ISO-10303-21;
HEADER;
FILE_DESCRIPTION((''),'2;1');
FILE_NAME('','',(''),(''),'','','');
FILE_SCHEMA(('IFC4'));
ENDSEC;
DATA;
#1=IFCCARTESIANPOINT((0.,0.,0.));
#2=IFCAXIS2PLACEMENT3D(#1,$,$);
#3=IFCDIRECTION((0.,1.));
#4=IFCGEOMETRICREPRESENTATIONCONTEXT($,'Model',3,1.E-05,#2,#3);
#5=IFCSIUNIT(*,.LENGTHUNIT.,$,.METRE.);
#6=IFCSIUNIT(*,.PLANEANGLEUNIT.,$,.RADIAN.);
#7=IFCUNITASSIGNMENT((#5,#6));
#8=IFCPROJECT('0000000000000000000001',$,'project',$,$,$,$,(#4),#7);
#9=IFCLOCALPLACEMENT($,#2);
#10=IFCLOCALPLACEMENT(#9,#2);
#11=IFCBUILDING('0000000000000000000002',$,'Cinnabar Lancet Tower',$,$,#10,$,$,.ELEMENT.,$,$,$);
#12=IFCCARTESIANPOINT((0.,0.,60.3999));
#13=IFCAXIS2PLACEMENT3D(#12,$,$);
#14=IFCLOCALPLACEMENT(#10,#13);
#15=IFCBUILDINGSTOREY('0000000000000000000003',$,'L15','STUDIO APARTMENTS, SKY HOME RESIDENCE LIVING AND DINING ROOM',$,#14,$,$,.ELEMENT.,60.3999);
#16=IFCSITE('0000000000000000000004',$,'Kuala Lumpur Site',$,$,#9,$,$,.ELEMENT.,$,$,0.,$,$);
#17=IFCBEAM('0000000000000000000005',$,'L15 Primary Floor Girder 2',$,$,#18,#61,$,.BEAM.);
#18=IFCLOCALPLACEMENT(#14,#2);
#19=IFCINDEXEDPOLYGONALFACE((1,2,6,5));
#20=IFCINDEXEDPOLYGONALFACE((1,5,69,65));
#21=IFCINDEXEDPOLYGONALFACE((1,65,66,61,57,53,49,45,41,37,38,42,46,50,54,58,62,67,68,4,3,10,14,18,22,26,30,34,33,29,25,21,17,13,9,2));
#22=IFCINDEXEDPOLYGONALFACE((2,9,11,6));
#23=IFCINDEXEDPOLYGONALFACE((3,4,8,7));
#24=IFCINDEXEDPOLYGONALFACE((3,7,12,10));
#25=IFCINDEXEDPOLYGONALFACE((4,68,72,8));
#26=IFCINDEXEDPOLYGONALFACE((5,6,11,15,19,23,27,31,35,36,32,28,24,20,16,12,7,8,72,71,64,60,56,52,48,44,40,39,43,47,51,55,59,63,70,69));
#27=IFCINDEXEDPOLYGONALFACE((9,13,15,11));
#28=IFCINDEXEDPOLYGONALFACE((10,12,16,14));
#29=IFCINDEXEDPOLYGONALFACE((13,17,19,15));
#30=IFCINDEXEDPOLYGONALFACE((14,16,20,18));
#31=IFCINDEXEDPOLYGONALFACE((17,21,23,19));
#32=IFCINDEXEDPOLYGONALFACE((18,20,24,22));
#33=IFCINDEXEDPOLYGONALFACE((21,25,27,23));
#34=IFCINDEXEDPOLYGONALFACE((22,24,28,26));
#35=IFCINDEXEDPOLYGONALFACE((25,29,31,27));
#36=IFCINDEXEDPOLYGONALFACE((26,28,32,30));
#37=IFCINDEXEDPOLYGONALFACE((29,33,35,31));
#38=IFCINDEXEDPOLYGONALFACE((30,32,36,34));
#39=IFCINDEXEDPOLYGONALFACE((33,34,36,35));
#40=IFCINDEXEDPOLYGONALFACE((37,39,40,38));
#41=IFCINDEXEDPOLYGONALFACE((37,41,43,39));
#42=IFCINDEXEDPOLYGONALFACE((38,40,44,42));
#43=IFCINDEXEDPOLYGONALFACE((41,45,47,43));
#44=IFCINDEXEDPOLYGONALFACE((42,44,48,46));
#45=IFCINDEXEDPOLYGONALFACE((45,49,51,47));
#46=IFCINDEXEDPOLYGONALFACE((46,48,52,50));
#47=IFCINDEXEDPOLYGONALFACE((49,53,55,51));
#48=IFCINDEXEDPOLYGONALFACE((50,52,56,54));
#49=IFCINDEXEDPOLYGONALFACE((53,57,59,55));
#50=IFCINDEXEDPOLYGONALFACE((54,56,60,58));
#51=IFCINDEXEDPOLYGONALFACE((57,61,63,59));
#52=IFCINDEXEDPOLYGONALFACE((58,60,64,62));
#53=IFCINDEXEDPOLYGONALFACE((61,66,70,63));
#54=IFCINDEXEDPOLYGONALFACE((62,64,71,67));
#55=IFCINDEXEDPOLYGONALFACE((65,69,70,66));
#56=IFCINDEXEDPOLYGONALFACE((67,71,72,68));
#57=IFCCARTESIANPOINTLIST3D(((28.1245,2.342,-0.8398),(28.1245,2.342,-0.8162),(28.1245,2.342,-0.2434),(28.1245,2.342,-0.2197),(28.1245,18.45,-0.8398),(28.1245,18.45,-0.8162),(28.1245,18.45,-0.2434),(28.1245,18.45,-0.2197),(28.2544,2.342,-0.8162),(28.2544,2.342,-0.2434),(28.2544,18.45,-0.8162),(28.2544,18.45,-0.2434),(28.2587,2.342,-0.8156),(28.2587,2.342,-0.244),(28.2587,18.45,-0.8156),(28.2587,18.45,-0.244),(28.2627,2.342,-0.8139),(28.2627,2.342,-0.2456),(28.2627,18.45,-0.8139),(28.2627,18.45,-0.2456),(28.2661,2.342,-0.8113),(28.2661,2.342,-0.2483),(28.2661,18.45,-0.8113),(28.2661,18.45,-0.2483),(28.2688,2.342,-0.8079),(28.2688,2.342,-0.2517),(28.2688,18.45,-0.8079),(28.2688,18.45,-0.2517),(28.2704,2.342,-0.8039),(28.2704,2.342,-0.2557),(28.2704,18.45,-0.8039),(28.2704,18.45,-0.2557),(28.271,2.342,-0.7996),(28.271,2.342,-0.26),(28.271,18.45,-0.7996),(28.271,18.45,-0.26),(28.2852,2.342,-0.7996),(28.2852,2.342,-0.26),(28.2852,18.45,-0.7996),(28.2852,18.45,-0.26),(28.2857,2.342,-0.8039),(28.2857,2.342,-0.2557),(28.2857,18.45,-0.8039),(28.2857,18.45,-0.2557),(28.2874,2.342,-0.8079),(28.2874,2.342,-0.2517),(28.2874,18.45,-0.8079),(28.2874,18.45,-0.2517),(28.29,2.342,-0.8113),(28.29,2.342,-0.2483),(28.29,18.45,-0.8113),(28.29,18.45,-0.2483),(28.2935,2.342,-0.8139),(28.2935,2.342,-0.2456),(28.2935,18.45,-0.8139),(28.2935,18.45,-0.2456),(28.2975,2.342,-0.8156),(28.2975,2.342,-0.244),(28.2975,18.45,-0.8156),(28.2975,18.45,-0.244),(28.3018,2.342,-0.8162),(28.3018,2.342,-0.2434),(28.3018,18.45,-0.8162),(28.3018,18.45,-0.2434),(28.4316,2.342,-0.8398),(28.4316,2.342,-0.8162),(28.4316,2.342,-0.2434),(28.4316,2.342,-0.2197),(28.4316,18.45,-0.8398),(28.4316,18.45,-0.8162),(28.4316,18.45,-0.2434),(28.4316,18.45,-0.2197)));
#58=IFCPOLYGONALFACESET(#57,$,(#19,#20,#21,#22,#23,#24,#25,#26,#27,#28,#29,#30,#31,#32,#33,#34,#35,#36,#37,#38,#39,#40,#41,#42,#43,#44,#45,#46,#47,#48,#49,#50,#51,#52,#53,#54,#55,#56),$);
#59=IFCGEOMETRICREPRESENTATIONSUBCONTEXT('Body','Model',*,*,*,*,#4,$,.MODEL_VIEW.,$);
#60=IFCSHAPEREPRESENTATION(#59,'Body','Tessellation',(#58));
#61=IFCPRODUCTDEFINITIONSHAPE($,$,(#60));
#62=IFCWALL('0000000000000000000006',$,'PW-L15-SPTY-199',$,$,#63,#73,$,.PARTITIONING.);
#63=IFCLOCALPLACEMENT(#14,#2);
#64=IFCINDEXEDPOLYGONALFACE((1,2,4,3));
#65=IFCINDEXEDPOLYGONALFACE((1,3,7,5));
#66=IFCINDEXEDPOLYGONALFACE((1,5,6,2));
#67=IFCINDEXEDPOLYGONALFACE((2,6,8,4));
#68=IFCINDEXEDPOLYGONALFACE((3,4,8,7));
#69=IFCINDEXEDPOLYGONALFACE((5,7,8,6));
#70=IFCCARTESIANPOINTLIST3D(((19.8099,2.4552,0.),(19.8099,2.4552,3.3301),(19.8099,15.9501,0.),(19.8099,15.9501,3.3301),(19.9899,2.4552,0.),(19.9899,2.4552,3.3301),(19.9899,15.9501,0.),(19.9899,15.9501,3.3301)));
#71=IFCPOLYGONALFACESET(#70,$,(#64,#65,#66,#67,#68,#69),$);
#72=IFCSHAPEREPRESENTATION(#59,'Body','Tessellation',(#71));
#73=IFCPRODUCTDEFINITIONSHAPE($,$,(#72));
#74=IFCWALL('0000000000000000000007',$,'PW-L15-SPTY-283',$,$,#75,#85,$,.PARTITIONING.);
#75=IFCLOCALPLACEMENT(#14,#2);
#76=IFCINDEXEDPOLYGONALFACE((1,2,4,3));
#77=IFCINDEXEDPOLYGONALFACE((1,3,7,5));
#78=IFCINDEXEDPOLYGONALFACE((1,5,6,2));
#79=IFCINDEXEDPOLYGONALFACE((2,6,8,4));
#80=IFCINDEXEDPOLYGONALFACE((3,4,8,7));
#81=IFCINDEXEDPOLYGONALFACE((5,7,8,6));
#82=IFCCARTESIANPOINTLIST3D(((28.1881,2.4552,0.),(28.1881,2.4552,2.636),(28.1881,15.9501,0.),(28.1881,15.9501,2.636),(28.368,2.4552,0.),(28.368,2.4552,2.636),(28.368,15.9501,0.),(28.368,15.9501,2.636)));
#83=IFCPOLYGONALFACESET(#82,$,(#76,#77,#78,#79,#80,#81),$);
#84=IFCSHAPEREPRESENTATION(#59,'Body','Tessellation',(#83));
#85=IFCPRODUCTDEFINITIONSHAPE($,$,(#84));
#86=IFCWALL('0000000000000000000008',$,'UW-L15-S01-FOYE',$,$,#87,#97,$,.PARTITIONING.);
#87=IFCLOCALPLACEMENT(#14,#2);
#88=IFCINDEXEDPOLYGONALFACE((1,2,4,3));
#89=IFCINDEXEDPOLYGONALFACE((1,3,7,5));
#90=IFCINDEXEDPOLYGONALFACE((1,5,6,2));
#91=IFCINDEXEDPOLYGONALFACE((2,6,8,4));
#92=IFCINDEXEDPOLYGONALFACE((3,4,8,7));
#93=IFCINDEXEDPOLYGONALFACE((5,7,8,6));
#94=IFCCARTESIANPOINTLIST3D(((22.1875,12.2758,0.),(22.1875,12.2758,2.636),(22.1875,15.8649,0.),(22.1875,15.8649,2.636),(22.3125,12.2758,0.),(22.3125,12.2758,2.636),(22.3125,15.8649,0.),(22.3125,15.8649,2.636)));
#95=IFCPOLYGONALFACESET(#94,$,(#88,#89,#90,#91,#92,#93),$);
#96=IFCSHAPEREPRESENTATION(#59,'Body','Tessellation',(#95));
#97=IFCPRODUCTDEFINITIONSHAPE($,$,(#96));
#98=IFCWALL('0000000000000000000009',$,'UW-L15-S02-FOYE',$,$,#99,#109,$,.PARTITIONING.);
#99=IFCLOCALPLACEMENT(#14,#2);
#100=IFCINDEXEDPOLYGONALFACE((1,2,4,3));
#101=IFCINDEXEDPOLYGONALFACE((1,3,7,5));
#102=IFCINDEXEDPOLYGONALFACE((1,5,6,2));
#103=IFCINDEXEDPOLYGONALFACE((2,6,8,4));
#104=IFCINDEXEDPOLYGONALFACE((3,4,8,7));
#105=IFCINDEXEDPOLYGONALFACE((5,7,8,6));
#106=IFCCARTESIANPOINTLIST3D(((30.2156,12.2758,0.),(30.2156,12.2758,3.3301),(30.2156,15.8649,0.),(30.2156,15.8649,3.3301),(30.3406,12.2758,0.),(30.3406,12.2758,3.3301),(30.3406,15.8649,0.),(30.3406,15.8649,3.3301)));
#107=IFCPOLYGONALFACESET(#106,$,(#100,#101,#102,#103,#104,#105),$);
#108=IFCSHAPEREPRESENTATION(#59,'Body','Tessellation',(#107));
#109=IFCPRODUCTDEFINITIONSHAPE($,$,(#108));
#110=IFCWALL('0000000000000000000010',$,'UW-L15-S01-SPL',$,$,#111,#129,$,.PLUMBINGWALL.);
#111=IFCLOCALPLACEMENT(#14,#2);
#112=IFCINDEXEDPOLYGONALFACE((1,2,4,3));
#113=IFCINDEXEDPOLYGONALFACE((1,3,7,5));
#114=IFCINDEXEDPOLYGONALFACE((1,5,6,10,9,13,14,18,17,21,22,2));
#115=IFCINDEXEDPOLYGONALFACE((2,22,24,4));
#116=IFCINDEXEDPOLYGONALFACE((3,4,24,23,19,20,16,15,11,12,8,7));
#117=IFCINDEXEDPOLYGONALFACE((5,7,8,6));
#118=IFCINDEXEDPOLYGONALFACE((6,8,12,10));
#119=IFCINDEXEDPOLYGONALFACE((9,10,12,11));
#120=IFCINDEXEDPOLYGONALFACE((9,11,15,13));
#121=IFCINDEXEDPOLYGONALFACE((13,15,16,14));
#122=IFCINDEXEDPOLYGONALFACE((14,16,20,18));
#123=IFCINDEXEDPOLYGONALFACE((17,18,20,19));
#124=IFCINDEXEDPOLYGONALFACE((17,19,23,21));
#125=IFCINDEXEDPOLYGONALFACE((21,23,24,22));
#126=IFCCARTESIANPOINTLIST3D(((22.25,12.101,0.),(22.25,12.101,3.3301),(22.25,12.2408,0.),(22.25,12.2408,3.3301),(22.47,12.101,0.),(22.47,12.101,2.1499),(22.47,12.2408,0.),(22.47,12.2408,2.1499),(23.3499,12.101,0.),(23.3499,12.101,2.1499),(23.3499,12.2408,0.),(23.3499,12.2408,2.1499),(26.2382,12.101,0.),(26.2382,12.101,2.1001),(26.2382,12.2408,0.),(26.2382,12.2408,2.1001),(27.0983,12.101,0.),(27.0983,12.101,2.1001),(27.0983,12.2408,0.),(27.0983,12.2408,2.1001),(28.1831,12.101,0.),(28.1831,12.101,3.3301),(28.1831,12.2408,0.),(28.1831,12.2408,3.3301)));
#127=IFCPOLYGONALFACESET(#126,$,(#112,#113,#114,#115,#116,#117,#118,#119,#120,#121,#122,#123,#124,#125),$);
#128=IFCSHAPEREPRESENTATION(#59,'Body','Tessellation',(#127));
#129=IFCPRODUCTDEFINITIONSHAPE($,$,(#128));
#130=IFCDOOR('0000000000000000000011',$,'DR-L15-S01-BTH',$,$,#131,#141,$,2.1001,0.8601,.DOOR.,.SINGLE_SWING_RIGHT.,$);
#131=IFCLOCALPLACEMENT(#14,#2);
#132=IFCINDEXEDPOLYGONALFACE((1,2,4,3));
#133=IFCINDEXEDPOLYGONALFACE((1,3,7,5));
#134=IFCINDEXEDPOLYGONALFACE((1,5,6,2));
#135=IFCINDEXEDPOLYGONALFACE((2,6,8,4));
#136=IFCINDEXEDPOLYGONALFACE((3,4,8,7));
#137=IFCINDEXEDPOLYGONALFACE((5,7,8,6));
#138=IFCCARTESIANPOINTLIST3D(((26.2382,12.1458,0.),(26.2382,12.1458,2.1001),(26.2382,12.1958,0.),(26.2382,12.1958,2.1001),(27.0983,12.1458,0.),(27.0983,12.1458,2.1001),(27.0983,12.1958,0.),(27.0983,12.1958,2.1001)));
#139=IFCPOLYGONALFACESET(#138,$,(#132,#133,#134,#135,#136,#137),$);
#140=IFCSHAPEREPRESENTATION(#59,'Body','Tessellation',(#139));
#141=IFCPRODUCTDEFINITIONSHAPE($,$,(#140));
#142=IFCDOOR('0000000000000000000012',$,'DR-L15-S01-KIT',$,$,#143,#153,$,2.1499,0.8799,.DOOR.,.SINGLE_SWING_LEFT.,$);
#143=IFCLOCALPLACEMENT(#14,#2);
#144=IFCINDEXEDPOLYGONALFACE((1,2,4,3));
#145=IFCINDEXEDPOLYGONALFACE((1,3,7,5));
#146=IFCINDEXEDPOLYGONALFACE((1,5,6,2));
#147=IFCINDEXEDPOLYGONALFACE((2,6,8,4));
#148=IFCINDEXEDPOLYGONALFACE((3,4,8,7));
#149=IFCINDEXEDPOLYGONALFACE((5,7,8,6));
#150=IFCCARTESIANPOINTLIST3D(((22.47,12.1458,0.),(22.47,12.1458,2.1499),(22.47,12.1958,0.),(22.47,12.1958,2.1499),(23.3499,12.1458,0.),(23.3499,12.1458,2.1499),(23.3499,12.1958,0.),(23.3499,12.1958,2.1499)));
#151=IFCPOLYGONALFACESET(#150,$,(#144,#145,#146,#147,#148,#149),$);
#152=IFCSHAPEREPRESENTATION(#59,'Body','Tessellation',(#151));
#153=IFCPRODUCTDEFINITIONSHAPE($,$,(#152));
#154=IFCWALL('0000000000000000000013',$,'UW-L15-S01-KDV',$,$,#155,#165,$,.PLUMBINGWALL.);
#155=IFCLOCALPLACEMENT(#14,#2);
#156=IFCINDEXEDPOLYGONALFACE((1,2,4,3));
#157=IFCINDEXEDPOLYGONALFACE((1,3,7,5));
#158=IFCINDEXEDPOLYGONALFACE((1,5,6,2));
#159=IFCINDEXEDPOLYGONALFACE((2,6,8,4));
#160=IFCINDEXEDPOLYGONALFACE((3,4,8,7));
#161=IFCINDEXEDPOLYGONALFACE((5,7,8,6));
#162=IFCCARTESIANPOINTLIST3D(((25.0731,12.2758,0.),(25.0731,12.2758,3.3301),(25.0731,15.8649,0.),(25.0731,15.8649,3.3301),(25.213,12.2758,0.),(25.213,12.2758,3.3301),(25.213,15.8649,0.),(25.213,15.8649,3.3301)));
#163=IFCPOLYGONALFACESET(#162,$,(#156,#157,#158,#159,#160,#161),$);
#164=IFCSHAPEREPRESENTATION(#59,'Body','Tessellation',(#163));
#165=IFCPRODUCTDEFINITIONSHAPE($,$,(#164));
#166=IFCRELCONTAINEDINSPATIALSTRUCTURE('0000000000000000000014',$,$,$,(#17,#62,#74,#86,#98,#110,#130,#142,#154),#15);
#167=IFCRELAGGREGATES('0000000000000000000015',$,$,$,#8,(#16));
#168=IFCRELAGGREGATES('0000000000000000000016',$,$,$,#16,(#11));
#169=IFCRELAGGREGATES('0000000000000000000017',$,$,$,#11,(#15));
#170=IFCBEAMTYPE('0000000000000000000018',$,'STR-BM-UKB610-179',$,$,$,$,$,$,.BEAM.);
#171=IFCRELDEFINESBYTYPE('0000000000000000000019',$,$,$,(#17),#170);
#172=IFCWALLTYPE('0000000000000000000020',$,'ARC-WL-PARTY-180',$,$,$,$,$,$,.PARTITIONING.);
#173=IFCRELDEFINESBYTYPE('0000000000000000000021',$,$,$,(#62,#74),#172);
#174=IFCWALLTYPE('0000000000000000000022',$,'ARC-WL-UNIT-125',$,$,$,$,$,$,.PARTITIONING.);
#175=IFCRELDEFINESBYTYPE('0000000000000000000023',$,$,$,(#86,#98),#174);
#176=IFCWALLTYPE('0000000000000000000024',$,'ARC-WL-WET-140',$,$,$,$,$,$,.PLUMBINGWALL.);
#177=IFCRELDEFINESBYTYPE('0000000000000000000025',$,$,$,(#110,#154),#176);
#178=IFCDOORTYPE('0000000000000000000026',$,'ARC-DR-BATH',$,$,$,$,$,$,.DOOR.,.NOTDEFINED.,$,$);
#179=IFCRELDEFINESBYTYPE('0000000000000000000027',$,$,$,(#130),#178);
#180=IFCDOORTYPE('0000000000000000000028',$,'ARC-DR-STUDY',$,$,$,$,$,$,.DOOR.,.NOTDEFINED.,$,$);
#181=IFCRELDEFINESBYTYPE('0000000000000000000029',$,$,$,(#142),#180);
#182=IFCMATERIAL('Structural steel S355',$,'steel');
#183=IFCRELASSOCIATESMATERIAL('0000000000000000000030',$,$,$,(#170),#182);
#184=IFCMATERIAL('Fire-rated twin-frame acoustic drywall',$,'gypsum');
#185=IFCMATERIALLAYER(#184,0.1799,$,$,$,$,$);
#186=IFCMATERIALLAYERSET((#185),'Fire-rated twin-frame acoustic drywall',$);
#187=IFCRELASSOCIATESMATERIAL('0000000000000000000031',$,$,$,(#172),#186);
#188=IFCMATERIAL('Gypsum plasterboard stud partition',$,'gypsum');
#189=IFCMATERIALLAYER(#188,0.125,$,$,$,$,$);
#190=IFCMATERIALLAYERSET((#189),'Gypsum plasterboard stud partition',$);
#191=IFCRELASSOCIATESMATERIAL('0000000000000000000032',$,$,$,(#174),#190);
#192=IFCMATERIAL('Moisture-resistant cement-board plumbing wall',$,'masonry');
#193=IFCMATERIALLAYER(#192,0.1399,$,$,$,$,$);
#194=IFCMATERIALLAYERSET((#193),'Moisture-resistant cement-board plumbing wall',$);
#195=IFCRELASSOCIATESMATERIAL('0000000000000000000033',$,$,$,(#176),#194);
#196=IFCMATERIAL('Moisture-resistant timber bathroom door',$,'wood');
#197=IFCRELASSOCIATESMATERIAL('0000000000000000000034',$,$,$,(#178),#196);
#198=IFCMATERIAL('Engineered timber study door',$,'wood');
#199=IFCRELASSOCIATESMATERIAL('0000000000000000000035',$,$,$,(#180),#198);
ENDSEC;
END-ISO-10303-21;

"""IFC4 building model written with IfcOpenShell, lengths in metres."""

from ifc_helpers import new_model, si_unit, direction, frame, frame_2d, origin, origin_2d, place, context, subcontext, project, spatial, rectangle, i_section, extrude, material, layer, layer_set, material_profile, profile_set, type_object, element, fill, save


model = new_model("IFC4")

# Units and contexts
model_context = context("Model", 3, precision=1e-05, world=origin(), true_north=direction((0.0, 1.0)))
body_context = subcontext(model_context, "Body", "Model", "MODEL_VIEW")
ifc_project = project(units=[si_unit("LENGTHUNIT", "METRE"), si_unit("PLANEANGLEUNIT", "RADIAN")], contexts=[model_context])

# Site, building, storey
site_placement = place(None, origin())
site = spatial("IfcSite", under=ifc_project, at=site_placement, Name="Kuala Lumpur Site", CompositionType="ELEMENT", RefElevation=0.0)
building_placement = place(site_placement, origin())
building = spatial("IfcBuilding", under=site, at=building_placement, Name="Cinnabar Lancet Tower", CompositionType="ELEMENT")
storey_placement = place(building_placement, frame((0.0, 0.0, 60.3999)))
storey = spatial("IfcBuildingStorey", under=building, at=storey_placement, Name="L15", Description="STUDIO APARTMENTS, SKY HOME RESIDENCE LIVING AND DINING ROOM", CompositionType="ELEMENT", Elevation=60.3999)

# Beam
ifc_material_1 = material(Name="Structural steel S355", Category="steel")
ifc_material_profile_1 = material_profile(ifc_material_1, i_section(OverallWidth=0.3071, OverallDepth=0.6201, WebThickness=0.0142, FlangeThickness=0.0237, FilletRadius=0.0166, at=origin_2d()), Name="UKB 610x305x179")
ifc_profile_set_1 = profile_set([ifc_material_profile_1], Name="Structural steel S355")
beam_type_1 = type_object("IfcBeamType", Name="STR-BM-UKB610-179", PredefinedType="BEAM", material=ifc_profile_set_1)
beam_1_placement = place(storey_placement, frame((28.2781, 2.342, -0.5298), z_axis=(0.0, 1.0, 0.0), x_axis=(-1.0, 0.0, 0.0)))
element("IfcBeam", 1, at=beam_1_placement, inside=storey, type_object=beam_type_1, Name="L15 Primary Floor Girder 2", PredefinedType="BEAM", context=body_context, shape_type="SweptSolid", body=[
    extrude(i_section(OverallWidth=0.3071, OverallDepth=0.6201, WebThickness=0.0142, FlangeThickness=0.0237, FilletRadius=0.0166, at=origin_2d()), origin(), (0.0, 0.0, 1.0), 16.1079),
])

# Walls
ifc_material_2 = material(Name="Fire-rated twin-frame acoustic drywall", Category="gypsum")
ifc_layer_1 = layer(ifc_material_2, 0.1799)
ifc_layer_set_1 = layer_set([ifc_layer_1], Name="Fire-rated twin-frame acoustic drywall")
wall_type_1 = type_object("IfcWallType", Name="ARC-WL-PARTY-180", PredefinedType="PARTITIONING", material=ifc_layer_set_1)
wall_1_placement = place(storey_placement, frame((19.8999, 2.4551, 0.0), z_axis=(0.0, 0.0, 1.0), x_axis=(0.0, 1.0, 0.0)))
element("IfcWall", 2, at=wall_1_placement, inside=storey, type_object=wall_type_1, Name="PW-L15-SPTY-199", PredefinedType="PARTITIONING", context=body_context, shape_type="SweptSolid", body=[
    extrude(rectangle(XDim=13.4949, YDim=0.1799, at=frame_2d((6.7476, 0.0))), origin(), (0.0, 0.0, 1.0), 3.3301),
])
wall_2_placement = place(storey_placement, frame((28.2781, 2.4551, 0.0), z_axis=(0.0, 0.0, 1.0), x_axis=(0.0, 1.0, 0.0)))
element("IfcWall", 3, at=wall_2_placement, inside=storey, type_object=wall_type_1, Name="PW-L15-SPTY-283", PredefinedType="PARTITIONING", context=body_context, shape_type="SweptSolid", body=[
    extrude(rectangle(XDim=13.4949, YDim=0.1799, at=frame_2d((6.7476, 0.0))), origin(), (0.0, 0.0, 1.0), 2.636),
])
ifc_material_3 = material(Name="Gypsum plasterboard stud partition", Category="gypsum")
ifc_layer_2 = layer(ifc_material_3, 0.125)
ifc_layer_set_2 = layer_set([ifc_layer_2], Name="Gypsum plasterboard stud partition")
wall_type_2 = type_object("IfcWallType", Name="ARC-WL-UNIT-125", PredefinedType="PARTITIONING", material=ifc_layer_set_2)
wall_3_placement = place(storey_placement, frame((22.25, 12.2759, 0.0), z_axis=(0.0, 0.0, 1.0), x_axis=(0.0, 1.0, 0.0)))
element("IfcWall", 4, at=wall_3_placement, inside=storey, type_object=wall_type_2, Name="UW-L15-S01-FOYE", PredefinedType="PARTITIONING", context=body_context, shape_type="SweptSolid", body=[
    extrude(rectangle(XDim=3.5891, YDim=0.125, at=frame_2d((1.7944, 0.0))), origin(), (0.0, 0.0, 1.0), 2.636),
])
wall_4_placement = place(storey_placement, frame((30.2781, 12.2759, 0.0), z_axis=(0.0, 0.0, 1.0), x_axis=(0.0, 1.0, 0.0)))
element("IfcWall", 5, at=wall_4_placement, inside=storey, type_object=wall_type_2, Name="UW-L15-S02-FOYE", PredefinedType="PARTITIONING", context=body_context, shape_type="SweptSolid", body=[
    extrude(rectangle(XDim=3.5891, YDim=0.125, at=frame_2d((1.7944, 0.0))), origin(), (0.0, 0.0, 1.0), 3.3301),
])

# Wall, openings, doors
ifc_material_4 = material(Name="Moisture-resistant cement-board plumbing wall", Category="masonry")
ifc_layer_3 = layer(ifc_material_4, 0.1399)
ifc_layer_set_3 = layer_set([ifc_layer_3], Name="Moisture-resistant cement-board plumbing wall")
wall_type_3 = type_object("IfcWallType", Name="ARC-WL-WET-140", PredefinedType="PLUMBINGWALL", material=ifc_layer_set_3)
wall_5_placement = place(storey_placement, frame((22.25, 12.1709, 0.0), z_axis=(0.0, 0.0, 1.0), x_axis=(1.0, 0.0, 0.0)))
wall_5 = element("IfcWall", 6, at=wall_5_placement, inside=storey, type_object=wall_type_3, Name="UW-L15-S01-SPL", PredefinedType="PLUMBINGWALL", context=body_context, shape_type="SweptSolid", body=[
    extrude(rectangle(XDim=5.9331, YDim=0.1399, at=frame_2d((2.9666, 0.0))), origin(), (0.0, 0.0, 1.0), 3.3301),
])
opening_1_placement = place(wall_5_placement, frame((3.988, 0.0, 0.0)))
opening_1 = element("IfcOpeningElement", 7, at=opening_1_placement, cuts=wall_5, PredefinedType="OPENING", context=body_context, shape_type="SweptSolid", body=[
    extrude(rectangle(XDim=0.8601, YDim=2.1001, at=frame_2d((0.4302, 1.05))), frame((0.0, 0.0798, 0.0), z_axis=(0.0, -1.0, 0.0), x_axis=(1.0, 0.0, 0.0)), (0.0, 0.0, 1.0), 0.1599),
])
opening_2_placement = place(wall_5_placement, frame((0.22, 0.0, 0.0)))
opening_2 = element("IfcOpeningElement", 8, at=opening_2_placement, cuts=wall_5, PredefinedType="OPENING", context=body_context, shape_type="SweptSolid", body=[
    extrude(rectangle(XDim=0.8799, YDim=2.1499, at=frame_2d((0.4399, 1.075))), frame((0.0, 0.0798, 0.0), z_axis=(0.0, -1.0, 0.0), x_axis=(1.0, 0.0, 0.0)), (0.0, 0.0, 1.0), 0.1599),
])
ifc_material_5 = material(Name="Moisture-resistant timber bathroom door", Category="wood")
door_type_1 = type_object("IfcDoorType", Name="ARC-DR-BATH", OperationType="NOTDEFINED", PredefinedType="DOOR", material=ifc_material_5)
door_1_placement = place(opening_1_placement, origin())
door_1 = element("IfcDoor", 9, at=door_1_placement, inside=storey, type_object=door_type_1, Name="DR-L15-S01-BTH", OperationType="SINGLE_SWING_RIGHT", OverallHeight=2.1001, OverallWidth=0.8601, PredefinedType="DOOR", context=body_context, shape_type="SweptSolid", body=[
    extrude(rectangle(XDim=0.8601, YDim=2.1001, at=frame_2d((0.4302, 1.05))), frame((0.0, 0.0249, 0.0), z_axis=(0.0, -1.0, 0.0), x_axis=(1.0, 0.0, 0.0)), (0.0, 0.0, 1.0), 0.05),
])
fill(opening_1, door_1)
ifc_material_6 = material(Name="Engineered timber study door", Category="wood")
door_type_2 = type_object("IfcDoorType", Name="ARC-DR-STUDY", OperationType="NOTDEFINED", PredefinedType="DOOR", material=ifc_material_6)
door_2_placement = place(opening_2_placement, origin())
door_2 = element("IfcDoor", 10, at=door_2_placement, inside=storey, type_object=door_type_2, Name="DR-L15-S01-KIT", OperationType="SINGLE_SWING_LEFT", OverallHeight=2.1499, OverallWidth=0.8799, PredefinedType="DOOR", context=body_context, shape_type="SweptSolid", body=[
    extrude(rectangle(XDim=0.8799, YDim=2.1499, at=frame_2d((0.4399, 1.075))), frame((0.0, 0.0249, 0.0), z_axis=(0.0, -1.0, 0.0), x_axis=(1.0, 0.0, 0.0)), (0.0, 0.0, 1.0), 0.05),
])
fill(opening_2, door_2)

# Wall
wall_6_placement = place(storey_placement, frame((25.1431, 12.2759, 0.0), z_axis=(0.0, 0.0, 1.0), x_axis=(0.0, 1.0, 0.0)))
element("IfcWall", 11, at=wall_6_placement, inside=storey, type_object=wall_type_3, Name="UW-L15-S01-KDV", PredefinedType="PLUMBINGWALL", context=body_context, shape_type="SweptSolid", body=[
    extrude(rectangle(XDim=3.5891, YDim=0.1399, at=frame_2d((1.7944, 0.0))), origin(), (0.0, 0.0, 1.0), 3.3301),
])

save(model, "model.ifc")
